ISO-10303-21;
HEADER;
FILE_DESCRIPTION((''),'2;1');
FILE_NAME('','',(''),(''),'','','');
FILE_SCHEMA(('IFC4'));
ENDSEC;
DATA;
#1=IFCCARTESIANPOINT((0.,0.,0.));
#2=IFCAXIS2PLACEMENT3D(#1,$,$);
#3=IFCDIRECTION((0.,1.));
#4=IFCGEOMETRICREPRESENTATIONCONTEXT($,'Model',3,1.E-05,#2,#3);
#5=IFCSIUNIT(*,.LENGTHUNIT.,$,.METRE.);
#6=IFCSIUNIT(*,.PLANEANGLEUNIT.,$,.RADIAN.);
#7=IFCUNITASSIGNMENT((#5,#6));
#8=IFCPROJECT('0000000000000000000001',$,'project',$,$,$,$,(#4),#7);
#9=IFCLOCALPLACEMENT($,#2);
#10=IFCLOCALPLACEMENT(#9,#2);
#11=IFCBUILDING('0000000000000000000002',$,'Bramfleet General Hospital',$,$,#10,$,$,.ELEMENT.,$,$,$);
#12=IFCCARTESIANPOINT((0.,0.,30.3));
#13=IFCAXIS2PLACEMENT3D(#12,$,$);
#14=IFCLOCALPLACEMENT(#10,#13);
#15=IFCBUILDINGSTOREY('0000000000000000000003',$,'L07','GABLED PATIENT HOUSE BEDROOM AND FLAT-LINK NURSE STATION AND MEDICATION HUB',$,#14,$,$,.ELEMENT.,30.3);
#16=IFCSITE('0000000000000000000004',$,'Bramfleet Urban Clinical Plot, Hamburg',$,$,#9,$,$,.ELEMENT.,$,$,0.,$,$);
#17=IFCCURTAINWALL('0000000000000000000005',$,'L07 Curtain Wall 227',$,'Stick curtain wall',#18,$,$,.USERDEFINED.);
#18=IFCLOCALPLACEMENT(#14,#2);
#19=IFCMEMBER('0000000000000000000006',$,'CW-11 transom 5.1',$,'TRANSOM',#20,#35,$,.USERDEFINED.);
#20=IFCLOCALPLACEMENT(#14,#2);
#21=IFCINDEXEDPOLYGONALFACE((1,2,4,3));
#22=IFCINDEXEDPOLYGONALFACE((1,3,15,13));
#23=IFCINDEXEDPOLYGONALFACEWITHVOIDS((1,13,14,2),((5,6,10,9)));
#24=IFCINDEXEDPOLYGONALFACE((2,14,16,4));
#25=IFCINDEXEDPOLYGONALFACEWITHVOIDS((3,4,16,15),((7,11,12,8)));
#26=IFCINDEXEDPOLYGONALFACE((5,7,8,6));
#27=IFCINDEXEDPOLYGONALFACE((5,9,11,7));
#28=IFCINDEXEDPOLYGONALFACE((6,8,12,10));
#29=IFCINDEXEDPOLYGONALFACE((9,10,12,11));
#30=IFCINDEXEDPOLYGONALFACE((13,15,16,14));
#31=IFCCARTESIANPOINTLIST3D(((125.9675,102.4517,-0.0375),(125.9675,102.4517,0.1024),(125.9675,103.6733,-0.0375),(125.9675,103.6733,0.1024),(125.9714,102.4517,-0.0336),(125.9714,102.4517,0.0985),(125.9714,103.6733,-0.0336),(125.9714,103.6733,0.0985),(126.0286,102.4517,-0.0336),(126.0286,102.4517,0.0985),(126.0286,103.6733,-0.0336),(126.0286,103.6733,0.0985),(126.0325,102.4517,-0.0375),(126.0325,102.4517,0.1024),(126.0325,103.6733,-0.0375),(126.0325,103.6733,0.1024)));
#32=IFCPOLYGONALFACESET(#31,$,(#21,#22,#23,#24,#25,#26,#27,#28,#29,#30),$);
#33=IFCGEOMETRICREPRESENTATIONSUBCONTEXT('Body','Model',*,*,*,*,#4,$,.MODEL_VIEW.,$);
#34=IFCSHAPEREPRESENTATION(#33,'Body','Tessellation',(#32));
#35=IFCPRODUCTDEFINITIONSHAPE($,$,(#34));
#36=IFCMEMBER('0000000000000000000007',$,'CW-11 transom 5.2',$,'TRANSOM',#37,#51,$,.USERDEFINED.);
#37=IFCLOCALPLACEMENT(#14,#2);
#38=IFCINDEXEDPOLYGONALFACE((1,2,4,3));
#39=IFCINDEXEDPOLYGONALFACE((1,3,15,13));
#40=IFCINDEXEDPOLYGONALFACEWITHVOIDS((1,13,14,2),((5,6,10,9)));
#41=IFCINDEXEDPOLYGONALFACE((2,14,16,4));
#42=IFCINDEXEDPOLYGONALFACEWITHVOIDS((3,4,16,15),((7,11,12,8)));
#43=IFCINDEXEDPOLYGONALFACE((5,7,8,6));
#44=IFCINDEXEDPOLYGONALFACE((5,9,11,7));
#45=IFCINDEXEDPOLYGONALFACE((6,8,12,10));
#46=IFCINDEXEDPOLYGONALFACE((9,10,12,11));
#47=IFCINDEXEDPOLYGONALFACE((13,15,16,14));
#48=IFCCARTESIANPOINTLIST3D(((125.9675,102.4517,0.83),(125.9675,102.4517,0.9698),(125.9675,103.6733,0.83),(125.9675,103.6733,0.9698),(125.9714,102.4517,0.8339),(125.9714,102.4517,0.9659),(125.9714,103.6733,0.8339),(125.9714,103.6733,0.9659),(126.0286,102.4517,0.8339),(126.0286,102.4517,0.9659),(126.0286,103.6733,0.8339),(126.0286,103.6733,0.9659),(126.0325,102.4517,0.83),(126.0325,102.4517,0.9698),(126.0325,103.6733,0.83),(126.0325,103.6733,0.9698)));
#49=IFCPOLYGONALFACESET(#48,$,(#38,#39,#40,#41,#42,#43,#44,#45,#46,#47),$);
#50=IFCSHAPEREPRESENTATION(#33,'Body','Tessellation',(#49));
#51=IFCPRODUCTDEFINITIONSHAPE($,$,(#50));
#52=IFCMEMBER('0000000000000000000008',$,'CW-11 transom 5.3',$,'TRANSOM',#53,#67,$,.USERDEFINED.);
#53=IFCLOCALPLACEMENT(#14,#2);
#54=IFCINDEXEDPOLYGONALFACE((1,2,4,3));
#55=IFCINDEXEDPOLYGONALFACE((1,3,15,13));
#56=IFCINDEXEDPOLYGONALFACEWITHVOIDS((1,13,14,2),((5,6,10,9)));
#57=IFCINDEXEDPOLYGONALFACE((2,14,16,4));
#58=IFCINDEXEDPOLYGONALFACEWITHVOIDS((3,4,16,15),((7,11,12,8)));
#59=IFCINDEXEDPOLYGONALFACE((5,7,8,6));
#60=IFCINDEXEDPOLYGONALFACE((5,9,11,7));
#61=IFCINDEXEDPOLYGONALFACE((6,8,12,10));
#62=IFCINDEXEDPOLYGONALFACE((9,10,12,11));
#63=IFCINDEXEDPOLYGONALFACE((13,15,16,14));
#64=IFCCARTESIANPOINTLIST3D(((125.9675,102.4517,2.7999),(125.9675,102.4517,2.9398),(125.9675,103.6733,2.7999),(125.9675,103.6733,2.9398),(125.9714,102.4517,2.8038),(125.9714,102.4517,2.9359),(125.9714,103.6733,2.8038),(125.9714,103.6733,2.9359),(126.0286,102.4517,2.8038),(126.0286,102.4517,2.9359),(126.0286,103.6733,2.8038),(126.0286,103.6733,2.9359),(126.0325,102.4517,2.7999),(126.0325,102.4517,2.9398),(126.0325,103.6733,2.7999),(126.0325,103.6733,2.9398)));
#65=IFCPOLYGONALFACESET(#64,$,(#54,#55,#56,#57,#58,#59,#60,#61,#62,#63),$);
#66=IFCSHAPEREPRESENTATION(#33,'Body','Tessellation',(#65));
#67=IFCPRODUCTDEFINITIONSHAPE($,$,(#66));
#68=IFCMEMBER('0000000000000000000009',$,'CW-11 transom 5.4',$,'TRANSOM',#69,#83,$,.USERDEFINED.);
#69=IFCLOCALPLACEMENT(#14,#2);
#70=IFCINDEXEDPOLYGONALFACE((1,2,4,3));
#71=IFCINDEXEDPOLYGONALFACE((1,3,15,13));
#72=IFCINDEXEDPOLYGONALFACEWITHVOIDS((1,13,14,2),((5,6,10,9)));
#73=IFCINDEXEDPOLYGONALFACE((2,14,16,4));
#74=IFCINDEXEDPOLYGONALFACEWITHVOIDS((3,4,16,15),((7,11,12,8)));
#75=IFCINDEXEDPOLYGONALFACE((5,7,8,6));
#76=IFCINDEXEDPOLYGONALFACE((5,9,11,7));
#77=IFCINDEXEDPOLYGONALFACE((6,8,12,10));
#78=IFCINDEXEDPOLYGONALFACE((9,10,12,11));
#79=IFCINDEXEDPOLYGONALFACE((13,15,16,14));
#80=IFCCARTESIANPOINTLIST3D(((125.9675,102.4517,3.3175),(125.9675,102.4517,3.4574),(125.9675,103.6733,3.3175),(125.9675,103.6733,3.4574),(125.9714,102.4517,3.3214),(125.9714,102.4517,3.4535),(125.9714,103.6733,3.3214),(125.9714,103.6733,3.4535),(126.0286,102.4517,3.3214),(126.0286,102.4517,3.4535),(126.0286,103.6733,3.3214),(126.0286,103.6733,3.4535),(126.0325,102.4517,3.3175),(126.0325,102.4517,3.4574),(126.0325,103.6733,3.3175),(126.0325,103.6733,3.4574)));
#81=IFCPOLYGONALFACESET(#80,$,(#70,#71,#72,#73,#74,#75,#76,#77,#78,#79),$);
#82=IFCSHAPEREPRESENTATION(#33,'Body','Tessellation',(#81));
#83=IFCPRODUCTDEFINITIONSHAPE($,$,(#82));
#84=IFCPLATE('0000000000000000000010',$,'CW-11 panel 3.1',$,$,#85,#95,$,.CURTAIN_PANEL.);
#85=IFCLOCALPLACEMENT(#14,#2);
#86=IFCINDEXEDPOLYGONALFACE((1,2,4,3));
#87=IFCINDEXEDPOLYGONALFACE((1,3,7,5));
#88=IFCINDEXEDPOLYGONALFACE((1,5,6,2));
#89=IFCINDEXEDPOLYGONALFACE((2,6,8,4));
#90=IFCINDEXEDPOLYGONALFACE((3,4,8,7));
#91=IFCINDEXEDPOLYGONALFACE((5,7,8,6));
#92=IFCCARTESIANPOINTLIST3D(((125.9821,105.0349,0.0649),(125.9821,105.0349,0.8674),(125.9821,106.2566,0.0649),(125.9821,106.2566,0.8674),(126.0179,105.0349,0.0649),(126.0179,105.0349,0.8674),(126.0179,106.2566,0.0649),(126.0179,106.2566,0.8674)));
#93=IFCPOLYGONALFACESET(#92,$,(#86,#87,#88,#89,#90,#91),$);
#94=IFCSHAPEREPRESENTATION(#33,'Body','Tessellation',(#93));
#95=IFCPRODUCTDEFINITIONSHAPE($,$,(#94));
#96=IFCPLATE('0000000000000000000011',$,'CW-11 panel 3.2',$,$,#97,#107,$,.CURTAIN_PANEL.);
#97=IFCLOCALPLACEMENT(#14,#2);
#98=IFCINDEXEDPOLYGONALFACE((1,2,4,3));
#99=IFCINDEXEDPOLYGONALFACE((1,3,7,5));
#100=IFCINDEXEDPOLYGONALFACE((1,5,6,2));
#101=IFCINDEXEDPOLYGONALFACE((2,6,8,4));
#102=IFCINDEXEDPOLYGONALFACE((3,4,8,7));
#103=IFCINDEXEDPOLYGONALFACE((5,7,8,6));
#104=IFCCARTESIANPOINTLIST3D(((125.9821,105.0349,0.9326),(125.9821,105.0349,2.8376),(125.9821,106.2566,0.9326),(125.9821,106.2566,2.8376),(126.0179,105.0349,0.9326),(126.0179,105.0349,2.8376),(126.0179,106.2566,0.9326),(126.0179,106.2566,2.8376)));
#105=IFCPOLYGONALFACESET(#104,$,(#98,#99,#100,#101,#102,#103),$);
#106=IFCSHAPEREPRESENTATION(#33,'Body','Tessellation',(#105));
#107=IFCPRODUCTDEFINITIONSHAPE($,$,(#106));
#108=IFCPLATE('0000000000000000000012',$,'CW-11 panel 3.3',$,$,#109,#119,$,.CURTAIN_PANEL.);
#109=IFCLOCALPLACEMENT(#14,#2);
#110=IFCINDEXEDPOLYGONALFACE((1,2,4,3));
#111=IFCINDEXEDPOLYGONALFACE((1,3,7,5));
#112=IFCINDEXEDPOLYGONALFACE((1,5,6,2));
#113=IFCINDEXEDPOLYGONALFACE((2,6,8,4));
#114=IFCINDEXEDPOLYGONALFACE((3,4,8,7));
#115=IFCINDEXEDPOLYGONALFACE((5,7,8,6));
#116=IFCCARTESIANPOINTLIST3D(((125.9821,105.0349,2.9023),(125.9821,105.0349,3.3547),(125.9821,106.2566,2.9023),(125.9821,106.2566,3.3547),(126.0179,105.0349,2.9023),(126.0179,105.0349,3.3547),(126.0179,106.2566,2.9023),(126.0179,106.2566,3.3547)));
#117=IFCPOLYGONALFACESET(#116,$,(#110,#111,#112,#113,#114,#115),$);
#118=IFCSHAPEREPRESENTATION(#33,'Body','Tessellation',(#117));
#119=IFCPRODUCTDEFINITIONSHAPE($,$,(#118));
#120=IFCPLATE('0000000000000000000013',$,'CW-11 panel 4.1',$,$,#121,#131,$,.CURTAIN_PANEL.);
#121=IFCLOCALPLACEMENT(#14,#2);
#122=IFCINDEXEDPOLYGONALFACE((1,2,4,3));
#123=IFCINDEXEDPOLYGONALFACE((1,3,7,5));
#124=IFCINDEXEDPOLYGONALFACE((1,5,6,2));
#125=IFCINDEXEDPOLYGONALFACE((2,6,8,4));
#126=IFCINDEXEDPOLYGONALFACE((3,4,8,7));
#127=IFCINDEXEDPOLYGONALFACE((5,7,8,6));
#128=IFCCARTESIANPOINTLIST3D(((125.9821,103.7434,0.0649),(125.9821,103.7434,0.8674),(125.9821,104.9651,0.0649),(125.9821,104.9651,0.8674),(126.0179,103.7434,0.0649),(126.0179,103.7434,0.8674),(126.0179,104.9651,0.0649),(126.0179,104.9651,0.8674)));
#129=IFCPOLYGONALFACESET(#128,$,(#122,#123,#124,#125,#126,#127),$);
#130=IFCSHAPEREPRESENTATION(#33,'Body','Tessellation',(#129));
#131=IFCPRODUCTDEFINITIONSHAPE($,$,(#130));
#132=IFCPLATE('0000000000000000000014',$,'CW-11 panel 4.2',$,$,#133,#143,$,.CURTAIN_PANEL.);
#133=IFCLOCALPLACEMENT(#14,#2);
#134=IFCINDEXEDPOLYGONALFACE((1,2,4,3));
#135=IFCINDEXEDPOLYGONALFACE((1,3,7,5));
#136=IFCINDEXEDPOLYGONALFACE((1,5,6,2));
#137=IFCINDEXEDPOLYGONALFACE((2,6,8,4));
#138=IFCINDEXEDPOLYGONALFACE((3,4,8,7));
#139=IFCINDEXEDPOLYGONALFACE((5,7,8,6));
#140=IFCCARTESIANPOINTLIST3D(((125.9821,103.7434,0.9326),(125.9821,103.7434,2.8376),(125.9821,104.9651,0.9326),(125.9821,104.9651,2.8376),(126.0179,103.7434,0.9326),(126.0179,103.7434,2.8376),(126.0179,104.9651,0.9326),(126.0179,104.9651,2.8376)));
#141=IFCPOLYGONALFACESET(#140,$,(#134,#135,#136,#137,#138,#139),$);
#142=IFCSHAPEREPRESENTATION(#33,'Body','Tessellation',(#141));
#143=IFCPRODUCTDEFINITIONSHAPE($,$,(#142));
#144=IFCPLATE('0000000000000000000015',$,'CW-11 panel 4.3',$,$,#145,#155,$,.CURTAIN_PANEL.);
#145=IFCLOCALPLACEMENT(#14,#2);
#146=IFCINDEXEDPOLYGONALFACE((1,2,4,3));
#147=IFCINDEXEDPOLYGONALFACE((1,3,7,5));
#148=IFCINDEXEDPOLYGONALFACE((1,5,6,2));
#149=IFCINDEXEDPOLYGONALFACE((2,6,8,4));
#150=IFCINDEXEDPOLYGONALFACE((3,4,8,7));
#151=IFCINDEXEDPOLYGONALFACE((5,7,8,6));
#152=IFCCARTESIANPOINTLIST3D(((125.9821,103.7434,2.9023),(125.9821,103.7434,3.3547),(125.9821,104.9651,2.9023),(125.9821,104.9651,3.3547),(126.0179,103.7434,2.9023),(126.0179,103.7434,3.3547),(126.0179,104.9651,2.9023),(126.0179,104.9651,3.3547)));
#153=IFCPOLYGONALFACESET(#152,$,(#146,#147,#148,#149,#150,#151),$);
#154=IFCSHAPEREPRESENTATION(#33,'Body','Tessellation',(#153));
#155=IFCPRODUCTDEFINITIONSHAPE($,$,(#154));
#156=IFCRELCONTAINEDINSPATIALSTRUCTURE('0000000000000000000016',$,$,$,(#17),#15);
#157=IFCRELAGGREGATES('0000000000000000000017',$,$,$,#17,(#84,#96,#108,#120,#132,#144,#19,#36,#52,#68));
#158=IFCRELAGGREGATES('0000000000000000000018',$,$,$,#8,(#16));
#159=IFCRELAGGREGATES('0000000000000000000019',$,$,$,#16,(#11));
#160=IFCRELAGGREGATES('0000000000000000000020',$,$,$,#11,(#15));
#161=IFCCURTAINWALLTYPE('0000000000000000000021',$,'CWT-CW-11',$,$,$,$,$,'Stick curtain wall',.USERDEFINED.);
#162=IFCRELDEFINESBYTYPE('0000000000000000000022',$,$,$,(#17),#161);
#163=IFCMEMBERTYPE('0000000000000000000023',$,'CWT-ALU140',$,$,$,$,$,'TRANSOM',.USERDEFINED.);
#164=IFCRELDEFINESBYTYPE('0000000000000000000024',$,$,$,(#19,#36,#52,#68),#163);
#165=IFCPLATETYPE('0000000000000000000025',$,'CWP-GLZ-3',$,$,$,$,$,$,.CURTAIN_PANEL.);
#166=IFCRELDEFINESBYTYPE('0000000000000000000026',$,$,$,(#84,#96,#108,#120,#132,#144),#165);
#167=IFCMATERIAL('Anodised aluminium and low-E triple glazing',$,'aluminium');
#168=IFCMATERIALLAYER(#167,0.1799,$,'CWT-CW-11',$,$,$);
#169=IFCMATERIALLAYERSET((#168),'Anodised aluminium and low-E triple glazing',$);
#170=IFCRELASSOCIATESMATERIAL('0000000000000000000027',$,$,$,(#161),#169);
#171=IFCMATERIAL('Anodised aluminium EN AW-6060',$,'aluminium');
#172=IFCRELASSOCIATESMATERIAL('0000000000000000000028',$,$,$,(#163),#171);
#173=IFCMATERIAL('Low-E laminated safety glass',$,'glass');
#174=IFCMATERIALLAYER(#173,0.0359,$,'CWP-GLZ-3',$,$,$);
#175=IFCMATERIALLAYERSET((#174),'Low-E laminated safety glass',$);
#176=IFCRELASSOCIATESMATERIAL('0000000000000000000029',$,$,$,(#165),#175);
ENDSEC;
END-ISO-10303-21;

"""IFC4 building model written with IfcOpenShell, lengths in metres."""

from ifc_helpers import new_model, si_unit, direction, frame, origin, origin_2d, place, context, subcontext, project, spatial, rectangle, hollow_rectangle, extrude, material, layer, layer_set, material_profile, profile_set, type_object, element, aggregate, save


model = new_model("IFC4")

# Units and contexts
model_context = context("Model", 3, precision=1e-05, world=origin(), true_north=direction((0.0, 1.0)))
body_context = subcontext(model_context, "Body", "Model", "MODEL_VIEW")
ifc_project = project(units=[si_unit("LENGTHUNIT", "METRE"), si_unit("PLANEANGLEUNIT", "RADIAN")], contexts=[model_context])

# Site, building, storey
site_placement = place(None, origin())
site = spatial("IfcSite", under=ifc_project, at=site_placement, Name="Bramfleet Urban Clinical Plot, Hamburg", CompositionType="ELEMENT", RefElevation=0.0)
building_placement = place(site_placement, origin())
building = spatial("IfcBuilding", under=site, at=building_placement, Name="Bramfleet General Hospital", CompositionType="ELEMENT")
storey_placement = place(building_placement, frame((0.0, 0.0, 30.3)))
storey = spatial("IfcBuildingStorey", under=building, at=storey_placement, Name="L07", Description="GABLED PATIENT HOUSE BEDROOM AND FLAT-LINK NURSE STATION AND MEDICATION HUB", CompositionType="ELEMENT", Elevation=30.3)

# Curtain wall, members, plates
ifc_material_1 = material(Name="Anodised aluminium and low-E triple glazing", Category="aluminium")
ifc_layer_1 = layer(ifc_material_1, 0.1799, Name="CWT-CW-11")
ifc_layer_set_1 = layer_set([ifc_layer_1], Name="Anodised aluminium and low-E triple glazing")
curtain_wall_type = type_object("IfcCurtainWallType", Name="CWT-CW-11", ElementType="Stick curtain wall", PredefinedType="USERDEFINED", material=ifc_layer_set_1)
curtain_wall_placement = place(storey_placement, origin())
curtain_wall = element("IfcCurtainWall", 1, at=curtain_wall_placement, inside=storey, type_object=curtain_wall_type, Name="L07 Curtain Wall 227", ObjectType="Stick curtain wall", PredefinedType="USERDEFINED")
ifc_material_2 = material(Name="Anodised aluminium EN AW-6060", Category="aluminium")
ifc_material_profile_1 = material_profile(ifc_material_2, hollow_rectangle(XDim=0.0649, YDim=0.1399, WallThickness=0.0039, at=origin_2d()), Name="ALU 140x65x4.0")
ifc_profile_set_1 = profile_set([ifc_material_profile_1], Name="Anodised aluminium EN AW-6060")
member_type_1 = type_object("IfcMemberType", Name="CWT-ALU140", ElementType="TRANSOM", PredefinedType="USERDEFINED", material=ifc_profile_set_1)
member_1_placement = place(storey_placement, frame((126.0, 103.6733, 0.0325), z_axis=(0.0, -1.0, 0.0), x_axis=(1.0, 0.0, 0.0)))
member_1 = element("IfcMember", 2, at=member_1_placement, type_object=member_type_1, Name="CW-11 transom 5.1", ObjectType="TRANSOM", PredefinedType="USERDEFINED", context=body_context, shape_type="SweptSolid", body=[
    extrude(hollow_rectangle(XDim=0.0649, YDim=0.1399, WallThickness=0.0039, at=origin_2d()), origin(), (0.0, 0.0, 1.0), 1.2217),
])
member_2_placement = place(storey_placement, frame((126.0, 103.6733, 0.8999), z_axis=(0.0, -1.0, 0.0), x_axis=(1.0, 0.0, 0.0)))
member_2 = element("IfcMember", 3, at=member_2_placement, type_object=member_type_1, Name="CW-11 transom 5.2", ObjectType="TRANSOM", PredefinedType="USERDEFINED", context=body_context, shape_type="SweptSolid", body=[
    extrude(hollow_rectangle(XDim=0.0649, YDim=0.1399, WallThickness=0.0039, at=origin_2d()), origin(), (0.0, 0.0, 1.0), 1.2217),
])
member_3_placement = place(storey_placement, frame((126.0, 103.6733, 2.8699), z_axis=(0.0, -1.0, 0.0), x_axis=(1.0, 0.0, 0.0)))
member_3 = element("IfcMember", 4, at=member_3_placement, type_object=member_type_1, Name="CW-11 transom 5.3", ObjectType="TRANSOM", PredefinedType="USERDEFINED", context=body_context, shape_type="SweptSolid", body=[
    extrude(hollow_rectangle(XDim=0.0649, YDim=0.1399, WallThickness=0.0039, at=origin_2d()), origin(), (0.0, 0.0, 1.0), 1.2217),
])
member_4_placement = place(storey_placement, frame((126.0, 103.6733, 3.3875), z_axis=(0.0, -1.0, 0.0), x_axis=(1.0, 0.0, 0.0)))
member_4 = element("IfcMember", 5, at=member_4_placement, type_object=member_type_1, Name="CW-11 transom 5.4", ObjectType="TRANSOM", PredefinedType="USERDEFINED", context=body_context, shape_type="SweptSolid", body=[
    extrude(hollow_rectangle(XDim=0.0649, YDim=0.1399, WallThickness=0.0039, at=origin_2d()), origin(), (0.0, 0.0, 1.0), 1.2217),
])
ifc_material_3 = material(Name="Low-E laminated safety glass", Category="glass")
ifc_layer_2 = layer(ifc_material_3, 0.0359, Name="CWP-GLZ-3")
ifc_layer_set_2 = layer_set([ifc_layer_2], Name="Low-E laminated safety glass")
plate_type = type_object("IfcPlateType", Name="CWP-GLZ-3", PredefinedType="CURTAIN_PANEL", material=ifc_layer_set_2)
plate_1_placement = place(storey_placement, frame((126.0, 105.6458, 0.0649), z_axis=(0.0, 0.0, 1.0), x_axis=(0.0, -1.0, 0.0)))
plate_1 = element("IfcPlate", 6, at=plate_1_placement, type_object=plate_type, Name="CW-11 panel 3.1", PredefinedType="CURTAIN_PANEL", context=body_context, shape_type="SweptSolid", body=[
    extrude(rectangle(XDim=1.2217, YDim=0.0359, at=origin_2d()), origin(), (0.0, 0.0, 1.0), 0.8025),
])
plate_2_placement = place(storey_placement, frame((126.0, 105.6458, 0.9326), z_axis=(0.0, 0.0, 1.0), x_axis=(0.0, -1.0, 0.0)))
plate_2 = element("IfcPlate", 7, at=plate_2_placement, type_object=plate_type, Name="CW-11 panel 3.2", PredefinedType="CURTAIN_PANEL", context=body_context, shape_type="SweptSolid", body=[
    extrude(rectangle(XDim=1.2217, YDim=0.0359, at=origin_2d()), origin(), (0.0, 0.0, 1.0), 1.905),
])
plate_3_placement = place(storey_placement, frame((126.0, 105.6458, 2.9023), z_axis=(0.0, 0.0, 1.0), x_axis=(0.0, -1.0, 0.0)))
plate_3 = element("IfcPlate", 8, at=plate_3_placement, type_object=plate_type, Name="CW-11 panel 3.3", PredefinedType="CURTAIN_PANEL", context=body_context, shape_type="SweptSolid", body=[
    extrude(rectangle(XDim=1.2217, YDim=0.0359, at=origin_2d()), origin(), (0.0, 0.0, 1.0), 0.4524),
])
plate_4_placement = place(storey_placement, frame((126.0, 104.3542, 0.0649), z_axis=(0.0, 0.0, 1.0), x_axis=(0.0, -1.0, 0.0)))
plate_4 = element("IfcPlate", 9, at=plate_4_placement, type_object=plate_type, Name="CW-11 panel 4.1", PredefinedType="CURTAIN_PANEL", context=body_context, shape_type="SweptSolid", body=[
    extrude(rectangle(XDim=1.2217, YDim=0.0359, at=origin_2d()), origin(), (0.0, 0.0, 1.0), 0.8025),
])
plate_5_placement = place(storey_placement, frame((126.0, 104.3542, 0.9326), z_axis=(0.0, 0.0, 1.0), x_axis=(0.0, -1.0, 0.0)))
plate_5 = element("IfcPlate", 10, at=plate_5_placement, type_object=plate_type, Name="CW-11 panel 4.2", PredefinedType="CURTAIN_PANEL", context=body_context, shape_type="SweptSolid", body=[
    extrude(rectangle(XDim=1.2217, YDim=0.0359, at=origin_2d()), origin(), (0.0, 0.0, 1.0), 1.905),
])
plate_6_placement = place(storey_placement, frame((126.0, 104.3542, 2.9023), z_axis=(0.0, 0.0, 1.0), x_axis=(0.0, -1.0, 0.0)))
plate_6 = element("IfcPlate", 11, at=plate_6_placement, type_object=plate_type, Name="CW-11 panel 4.3", PredefinedType="CURTAIN_PANEL", context=body_context, shape_type="SweptSolid", body=[
    extrude(rectangle(XDim=1.2217, YDim=0.0359, at=origin_2d()), origin(), (0.0, 0.0, 1.0), 0.4524),
])
aggregate(curtain_wall, [plate_1, plate_2, plate_3, plate_4, plate_5, plate_6, member_1, member_2, member_3, member_4])

save(model, "model.ifc")
